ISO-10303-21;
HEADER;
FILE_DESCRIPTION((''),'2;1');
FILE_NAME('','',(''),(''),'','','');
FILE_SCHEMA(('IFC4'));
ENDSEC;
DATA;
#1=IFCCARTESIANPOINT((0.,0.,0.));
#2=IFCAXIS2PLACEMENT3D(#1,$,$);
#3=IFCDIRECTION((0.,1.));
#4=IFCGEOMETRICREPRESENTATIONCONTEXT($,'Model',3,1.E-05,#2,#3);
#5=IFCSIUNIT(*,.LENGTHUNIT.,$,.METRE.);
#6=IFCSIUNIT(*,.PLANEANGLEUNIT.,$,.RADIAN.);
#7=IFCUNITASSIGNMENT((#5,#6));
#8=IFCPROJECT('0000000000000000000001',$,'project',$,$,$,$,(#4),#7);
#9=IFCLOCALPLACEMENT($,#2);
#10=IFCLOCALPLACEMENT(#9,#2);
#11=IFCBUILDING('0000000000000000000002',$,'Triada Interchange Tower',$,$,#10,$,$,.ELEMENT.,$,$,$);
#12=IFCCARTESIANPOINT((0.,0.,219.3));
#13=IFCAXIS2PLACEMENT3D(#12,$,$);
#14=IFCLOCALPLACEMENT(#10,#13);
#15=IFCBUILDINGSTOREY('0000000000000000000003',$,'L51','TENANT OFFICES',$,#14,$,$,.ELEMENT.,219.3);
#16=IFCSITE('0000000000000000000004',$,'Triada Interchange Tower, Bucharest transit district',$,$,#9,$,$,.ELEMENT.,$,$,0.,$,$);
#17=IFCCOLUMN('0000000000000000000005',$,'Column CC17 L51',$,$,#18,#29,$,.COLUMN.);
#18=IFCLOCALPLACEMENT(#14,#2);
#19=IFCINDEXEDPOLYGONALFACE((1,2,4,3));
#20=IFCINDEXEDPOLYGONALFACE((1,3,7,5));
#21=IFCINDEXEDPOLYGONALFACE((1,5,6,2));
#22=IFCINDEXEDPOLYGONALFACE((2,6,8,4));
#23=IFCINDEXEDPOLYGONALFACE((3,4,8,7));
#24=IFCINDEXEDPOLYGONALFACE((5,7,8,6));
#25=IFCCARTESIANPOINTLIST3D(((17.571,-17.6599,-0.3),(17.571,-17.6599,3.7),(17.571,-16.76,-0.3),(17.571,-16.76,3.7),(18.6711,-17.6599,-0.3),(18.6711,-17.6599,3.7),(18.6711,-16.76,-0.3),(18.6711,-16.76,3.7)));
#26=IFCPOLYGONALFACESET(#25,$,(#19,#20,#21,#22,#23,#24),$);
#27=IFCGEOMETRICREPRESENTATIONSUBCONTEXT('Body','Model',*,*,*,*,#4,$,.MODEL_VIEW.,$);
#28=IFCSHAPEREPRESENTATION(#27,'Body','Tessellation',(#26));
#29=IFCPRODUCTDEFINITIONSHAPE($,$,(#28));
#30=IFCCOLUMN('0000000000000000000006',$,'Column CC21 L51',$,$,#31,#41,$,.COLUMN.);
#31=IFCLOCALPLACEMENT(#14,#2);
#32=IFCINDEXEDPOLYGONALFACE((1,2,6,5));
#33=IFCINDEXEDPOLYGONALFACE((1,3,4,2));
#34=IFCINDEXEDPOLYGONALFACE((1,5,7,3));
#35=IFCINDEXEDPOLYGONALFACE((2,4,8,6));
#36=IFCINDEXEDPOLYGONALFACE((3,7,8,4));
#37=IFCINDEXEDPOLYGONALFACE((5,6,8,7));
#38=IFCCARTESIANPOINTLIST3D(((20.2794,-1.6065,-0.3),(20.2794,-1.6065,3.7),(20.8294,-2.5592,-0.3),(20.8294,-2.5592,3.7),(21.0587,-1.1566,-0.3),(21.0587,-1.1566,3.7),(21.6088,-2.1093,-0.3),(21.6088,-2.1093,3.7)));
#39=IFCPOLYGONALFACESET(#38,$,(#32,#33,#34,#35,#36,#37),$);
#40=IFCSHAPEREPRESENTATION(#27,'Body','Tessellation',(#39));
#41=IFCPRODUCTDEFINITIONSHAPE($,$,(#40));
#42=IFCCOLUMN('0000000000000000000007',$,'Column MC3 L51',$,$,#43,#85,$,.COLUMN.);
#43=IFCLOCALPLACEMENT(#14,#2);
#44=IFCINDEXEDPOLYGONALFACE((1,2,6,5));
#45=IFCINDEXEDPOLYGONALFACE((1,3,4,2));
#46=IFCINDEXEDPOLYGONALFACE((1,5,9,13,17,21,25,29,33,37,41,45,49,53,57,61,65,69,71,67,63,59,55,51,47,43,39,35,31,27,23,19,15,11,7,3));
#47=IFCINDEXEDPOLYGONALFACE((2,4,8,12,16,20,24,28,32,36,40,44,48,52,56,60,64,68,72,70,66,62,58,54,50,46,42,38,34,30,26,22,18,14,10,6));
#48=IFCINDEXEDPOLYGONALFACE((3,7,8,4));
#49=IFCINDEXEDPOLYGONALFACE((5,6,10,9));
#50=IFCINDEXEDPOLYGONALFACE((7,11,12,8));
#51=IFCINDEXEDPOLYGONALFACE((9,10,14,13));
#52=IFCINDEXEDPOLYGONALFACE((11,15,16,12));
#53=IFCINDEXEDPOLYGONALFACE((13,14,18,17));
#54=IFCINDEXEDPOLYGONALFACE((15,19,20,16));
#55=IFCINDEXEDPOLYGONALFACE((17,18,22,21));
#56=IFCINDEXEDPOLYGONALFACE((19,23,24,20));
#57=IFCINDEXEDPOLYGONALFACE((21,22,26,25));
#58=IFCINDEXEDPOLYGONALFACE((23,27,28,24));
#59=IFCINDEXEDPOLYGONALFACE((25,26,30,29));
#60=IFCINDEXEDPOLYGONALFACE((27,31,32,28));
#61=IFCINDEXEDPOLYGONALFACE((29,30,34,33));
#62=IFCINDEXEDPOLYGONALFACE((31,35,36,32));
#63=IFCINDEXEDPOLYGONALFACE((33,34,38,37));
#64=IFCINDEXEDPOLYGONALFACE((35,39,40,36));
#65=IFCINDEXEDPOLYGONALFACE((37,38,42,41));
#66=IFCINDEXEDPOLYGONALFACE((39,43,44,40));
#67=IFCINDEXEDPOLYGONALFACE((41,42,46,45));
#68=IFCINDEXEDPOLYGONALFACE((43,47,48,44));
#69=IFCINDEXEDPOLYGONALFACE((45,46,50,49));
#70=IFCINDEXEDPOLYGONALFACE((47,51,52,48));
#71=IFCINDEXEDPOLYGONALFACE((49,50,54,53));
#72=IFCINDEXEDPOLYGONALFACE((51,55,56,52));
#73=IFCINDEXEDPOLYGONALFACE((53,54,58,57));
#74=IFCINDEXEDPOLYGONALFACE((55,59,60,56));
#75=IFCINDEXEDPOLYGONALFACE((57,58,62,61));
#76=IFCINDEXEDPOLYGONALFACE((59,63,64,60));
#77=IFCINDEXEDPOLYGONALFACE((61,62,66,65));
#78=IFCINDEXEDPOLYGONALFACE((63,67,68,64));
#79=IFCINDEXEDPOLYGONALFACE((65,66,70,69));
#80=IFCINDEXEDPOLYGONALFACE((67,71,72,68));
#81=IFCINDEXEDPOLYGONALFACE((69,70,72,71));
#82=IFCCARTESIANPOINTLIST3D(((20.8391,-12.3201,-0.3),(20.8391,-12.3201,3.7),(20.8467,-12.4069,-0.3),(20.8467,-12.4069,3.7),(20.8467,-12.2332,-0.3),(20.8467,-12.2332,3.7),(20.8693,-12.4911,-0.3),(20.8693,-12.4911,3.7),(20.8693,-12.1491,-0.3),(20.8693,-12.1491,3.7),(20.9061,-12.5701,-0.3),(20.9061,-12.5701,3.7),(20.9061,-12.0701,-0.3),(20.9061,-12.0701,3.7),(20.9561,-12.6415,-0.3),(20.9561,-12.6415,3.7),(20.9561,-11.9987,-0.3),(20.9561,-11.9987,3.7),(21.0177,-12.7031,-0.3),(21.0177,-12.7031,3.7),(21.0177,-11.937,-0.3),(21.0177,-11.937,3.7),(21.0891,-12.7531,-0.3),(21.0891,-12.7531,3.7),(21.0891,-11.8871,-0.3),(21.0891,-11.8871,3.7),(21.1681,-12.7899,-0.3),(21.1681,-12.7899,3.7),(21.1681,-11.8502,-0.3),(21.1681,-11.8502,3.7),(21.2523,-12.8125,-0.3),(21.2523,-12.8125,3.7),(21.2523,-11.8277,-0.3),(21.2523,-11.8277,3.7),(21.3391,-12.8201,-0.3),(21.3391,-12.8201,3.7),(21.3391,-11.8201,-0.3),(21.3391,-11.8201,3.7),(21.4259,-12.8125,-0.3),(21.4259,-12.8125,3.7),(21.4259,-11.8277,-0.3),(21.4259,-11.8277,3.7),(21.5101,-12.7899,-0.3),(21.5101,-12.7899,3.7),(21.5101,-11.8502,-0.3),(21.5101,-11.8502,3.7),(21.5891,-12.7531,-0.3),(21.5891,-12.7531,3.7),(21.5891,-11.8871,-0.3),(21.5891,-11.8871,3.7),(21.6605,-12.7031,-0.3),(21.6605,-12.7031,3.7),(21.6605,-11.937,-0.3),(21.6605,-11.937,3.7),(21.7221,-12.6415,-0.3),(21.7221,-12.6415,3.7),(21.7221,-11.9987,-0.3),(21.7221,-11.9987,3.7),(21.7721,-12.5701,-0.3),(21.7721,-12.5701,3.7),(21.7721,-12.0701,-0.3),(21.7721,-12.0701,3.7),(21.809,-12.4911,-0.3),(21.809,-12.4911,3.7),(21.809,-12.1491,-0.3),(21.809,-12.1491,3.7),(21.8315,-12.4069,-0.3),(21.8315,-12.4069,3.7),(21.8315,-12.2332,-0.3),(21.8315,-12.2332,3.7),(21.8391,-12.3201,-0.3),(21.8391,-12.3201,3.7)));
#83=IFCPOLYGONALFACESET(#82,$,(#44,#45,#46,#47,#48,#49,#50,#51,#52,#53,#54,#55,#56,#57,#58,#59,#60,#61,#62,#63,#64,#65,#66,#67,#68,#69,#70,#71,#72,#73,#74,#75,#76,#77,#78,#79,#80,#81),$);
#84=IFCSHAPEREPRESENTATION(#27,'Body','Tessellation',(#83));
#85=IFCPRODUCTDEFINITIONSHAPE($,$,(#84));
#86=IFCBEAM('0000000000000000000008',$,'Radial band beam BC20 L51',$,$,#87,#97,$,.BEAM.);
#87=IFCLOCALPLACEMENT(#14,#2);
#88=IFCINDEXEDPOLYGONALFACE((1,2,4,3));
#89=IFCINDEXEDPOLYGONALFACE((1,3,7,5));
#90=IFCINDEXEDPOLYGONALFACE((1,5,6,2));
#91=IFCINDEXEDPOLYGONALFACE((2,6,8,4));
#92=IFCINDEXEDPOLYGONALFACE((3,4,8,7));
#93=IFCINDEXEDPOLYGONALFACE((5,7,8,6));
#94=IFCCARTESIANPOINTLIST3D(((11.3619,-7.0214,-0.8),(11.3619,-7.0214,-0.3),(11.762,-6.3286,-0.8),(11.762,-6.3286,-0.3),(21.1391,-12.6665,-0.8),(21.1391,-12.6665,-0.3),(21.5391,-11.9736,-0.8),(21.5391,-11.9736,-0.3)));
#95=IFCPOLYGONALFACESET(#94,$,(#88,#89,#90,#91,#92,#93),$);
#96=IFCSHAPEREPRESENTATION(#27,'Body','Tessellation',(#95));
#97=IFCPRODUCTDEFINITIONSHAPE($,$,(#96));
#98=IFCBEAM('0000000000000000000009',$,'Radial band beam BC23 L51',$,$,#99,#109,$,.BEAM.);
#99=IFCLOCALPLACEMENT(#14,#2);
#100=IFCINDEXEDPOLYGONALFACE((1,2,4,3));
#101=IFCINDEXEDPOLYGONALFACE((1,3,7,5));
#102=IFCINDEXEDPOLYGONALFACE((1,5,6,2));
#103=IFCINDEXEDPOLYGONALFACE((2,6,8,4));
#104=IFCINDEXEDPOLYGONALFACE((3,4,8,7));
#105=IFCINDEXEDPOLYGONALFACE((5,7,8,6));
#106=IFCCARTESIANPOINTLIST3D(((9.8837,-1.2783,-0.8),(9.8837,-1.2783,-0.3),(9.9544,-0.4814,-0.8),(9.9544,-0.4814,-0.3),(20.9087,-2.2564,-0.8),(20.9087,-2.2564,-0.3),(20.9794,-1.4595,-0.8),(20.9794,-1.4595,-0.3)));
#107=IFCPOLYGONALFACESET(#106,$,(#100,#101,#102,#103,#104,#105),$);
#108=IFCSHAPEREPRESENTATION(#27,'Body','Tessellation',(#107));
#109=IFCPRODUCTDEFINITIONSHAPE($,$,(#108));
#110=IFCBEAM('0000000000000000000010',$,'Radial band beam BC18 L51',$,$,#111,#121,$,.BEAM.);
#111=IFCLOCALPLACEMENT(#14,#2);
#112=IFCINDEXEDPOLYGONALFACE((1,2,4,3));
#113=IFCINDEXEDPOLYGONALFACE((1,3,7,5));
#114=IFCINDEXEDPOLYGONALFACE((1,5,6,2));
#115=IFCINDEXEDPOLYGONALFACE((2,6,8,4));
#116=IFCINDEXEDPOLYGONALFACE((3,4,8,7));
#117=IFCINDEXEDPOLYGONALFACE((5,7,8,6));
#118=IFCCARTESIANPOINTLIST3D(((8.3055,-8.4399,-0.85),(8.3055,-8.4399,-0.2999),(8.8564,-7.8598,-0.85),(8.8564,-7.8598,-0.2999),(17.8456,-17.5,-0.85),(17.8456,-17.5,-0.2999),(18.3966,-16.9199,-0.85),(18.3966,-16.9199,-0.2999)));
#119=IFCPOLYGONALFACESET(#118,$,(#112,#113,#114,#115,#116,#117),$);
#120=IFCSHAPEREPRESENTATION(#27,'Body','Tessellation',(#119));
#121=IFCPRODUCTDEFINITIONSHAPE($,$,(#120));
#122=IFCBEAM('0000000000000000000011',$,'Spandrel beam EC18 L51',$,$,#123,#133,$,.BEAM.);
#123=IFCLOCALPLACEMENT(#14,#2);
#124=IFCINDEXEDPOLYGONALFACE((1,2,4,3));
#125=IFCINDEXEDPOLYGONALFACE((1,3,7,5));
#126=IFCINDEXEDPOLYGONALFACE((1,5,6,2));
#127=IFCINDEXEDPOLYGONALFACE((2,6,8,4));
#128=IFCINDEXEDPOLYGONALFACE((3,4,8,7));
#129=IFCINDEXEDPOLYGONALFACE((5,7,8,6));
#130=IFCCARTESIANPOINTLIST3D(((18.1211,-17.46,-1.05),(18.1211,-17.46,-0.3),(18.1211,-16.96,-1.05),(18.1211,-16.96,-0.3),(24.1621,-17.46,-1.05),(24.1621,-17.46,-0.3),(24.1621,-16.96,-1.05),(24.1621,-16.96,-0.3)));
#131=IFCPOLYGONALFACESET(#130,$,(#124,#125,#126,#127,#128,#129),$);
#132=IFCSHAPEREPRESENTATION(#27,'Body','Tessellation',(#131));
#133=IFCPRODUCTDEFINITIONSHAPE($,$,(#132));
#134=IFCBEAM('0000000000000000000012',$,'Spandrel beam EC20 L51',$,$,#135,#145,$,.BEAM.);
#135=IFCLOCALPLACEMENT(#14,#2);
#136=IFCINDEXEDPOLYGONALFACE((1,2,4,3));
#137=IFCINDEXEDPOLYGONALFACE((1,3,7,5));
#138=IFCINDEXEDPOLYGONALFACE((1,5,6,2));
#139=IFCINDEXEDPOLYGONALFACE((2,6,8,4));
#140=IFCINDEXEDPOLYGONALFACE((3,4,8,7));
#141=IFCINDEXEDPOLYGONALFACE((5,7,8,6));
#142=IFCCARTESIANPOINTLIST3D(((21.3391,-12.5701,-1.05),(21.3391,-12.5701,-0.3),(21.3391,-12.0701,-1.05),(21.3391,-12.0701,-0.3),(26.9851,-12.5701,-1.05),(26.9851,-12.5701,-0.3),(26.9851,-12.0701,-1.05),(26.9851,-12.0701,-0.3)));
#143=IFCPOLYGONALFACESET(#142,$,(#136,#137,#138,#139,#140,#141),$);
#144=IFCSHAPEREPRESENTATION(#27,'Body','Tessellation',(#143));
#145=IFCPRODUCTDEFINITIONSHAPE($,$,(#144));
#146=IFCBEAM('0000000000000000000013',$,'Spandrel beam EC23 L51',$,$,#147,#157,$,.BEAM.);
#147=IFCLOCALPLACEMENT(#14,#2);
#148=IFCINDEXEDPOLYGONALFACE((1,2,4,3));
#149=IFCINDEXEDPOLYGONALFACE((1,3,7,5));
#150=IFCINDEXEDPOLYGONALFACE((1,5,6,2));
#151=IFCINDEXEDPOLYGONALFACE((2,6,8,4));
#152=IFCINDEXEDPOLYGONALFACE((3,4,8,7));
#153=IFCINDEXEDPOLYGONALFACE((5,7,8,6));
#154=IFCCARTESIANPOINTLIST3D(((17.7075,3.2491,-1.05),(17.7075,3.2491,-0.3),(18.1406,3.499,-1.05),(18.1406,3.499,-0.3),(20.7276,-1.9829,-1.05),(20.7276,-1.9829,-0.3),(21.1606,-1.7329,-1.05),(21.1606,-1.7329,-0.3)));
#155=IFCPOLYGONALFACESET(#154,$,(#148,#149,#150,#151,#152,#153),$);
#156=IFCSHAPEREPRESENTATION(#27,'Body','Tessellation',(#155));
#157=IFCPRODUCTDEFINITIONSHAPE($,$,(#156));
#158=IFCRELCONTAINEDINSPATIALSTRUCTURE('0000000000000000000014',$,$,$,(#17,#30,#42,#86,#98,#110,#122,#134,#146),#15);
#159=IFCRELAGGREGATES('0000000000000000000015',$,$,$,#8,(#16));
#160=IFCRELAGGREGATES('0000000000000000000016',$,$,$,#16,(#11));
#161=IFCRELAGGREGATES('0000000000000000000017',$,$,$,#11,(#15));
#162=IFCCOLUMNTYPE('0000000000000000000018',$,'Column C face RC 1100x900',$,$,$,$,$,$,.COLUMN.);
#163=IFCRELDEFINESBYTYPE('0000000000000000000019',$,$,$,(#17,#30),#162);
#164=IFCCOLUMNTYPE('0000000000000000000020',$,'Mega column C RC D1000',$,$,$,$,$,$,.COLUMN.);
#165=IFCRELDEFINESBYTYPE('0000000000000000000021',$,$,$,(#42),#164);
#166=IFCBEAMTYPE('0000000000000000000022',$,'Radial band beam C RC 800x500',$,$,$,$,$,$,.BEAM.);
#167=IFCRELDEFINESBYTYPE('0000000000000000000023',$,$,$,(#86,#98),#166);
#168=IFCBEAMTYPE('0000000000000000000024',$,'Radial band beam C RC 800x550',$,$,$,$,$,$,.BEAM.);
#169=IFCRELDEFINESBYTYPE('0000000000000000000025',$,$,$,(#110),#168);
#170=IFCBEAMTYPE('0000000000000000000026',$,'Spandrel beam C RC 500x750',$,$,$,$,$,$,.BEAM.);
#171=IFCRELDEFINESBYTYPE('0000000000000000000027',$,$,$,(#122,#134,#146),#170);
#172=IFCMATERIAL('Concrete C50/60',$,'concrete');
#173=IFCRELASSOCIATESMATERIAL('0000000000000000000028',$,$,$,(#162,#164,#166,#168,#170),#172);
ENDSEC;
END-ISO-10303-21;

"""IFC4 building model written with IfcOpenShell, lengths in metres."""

from ifc_helpers import new_model, si_unit, direction, frame, origin, origin_2d, place, context, subcontext, project, spatial, rectangle, circle, extrude, material, material_profile, profile_set, type_object, element, save


model = new_model("IFC4")

# Units and contexts
model_context = context("Model", 3, precision=1e-05, world=origin(), true_north=direction((0.0, 1.0)))
body_context = subcontext(model_context, "Body", "Model", "MODEL_VIEW")
ifc_project = project(units=[si_unit("LENGTHUNIT", "METRE"), si_unit("PLANEANGLEUNIT", "RADIAN")], contexts=[model_context])

# Site, building, storey
site_placement = place(None, origin())
site = spatial("IfcSite", under=ifc_project, at=site_placement, Name="Triada Interchange Tower, Bucharest transit district", CompositionType="ELEMENT", RefElevation=0.0)
building_placement = place(site_placement, origin())
building = spatial("IfcBuilding", under=site, at=building_placement, Name="Triada Interchange Tower", CompositionType="ELEMENT")
storey_placement = place(building_placement, frame((0.0, 0.0, 219.3)))
storey = spatial("IfcBuildingStorey", under=building, at=storey_placement, Name="L51", Description="TENANT OFFICES", CompositionType="ELEMENT", Elevation=219.3)

# Columns
ifc_material_1 = material(Name="Concrete C50/60", Category="concrete")
ifc_material_profile_1 = material_profile(ifc_material_1, rectangle(XDim=1.1001, YDim=0.8999, at=origin_2d()), Name="RC 1100x900")
ifc_profile_set_1 = profile_set([ifc_material_profile_1], Name="Concrete C50/60")
column_type_1 = type_object("IfcColumnType", Name="Column C face RC 1100x900", PredefinedType="COLUMN", material=ifc_profile_set_1)
for number, where, z_axis, x_axis, name in (
    (1, (18.1211, -17.21, -0.3), (0.0, 0.0, 1.0), (1.0, 0.0, 0.0), "Column CC17 L51"),
    (2, (20.9441, -1.8579, -0.3), (0.0, 0.0, 1.0), (-0.5, 0.866025, 0.0), "Column CC21 L51"),
):
    element("IfcColumn", number, at=place(storey_placement, frame(where, z_axis=z_axis, x_axis=x_axis)), inside=storey, type_object=column_type_1, Name=name, PredefinedType="COLUMN", context=body_context, shape_type="SweptSolid", body=[
        extrude(rectangle(XDim=1.1001, YDim=0.8999, at=origin_2d()), origin(), (0.0, 0.0, 1.0), 4.0),
    ])
ifc_material_profile_2 = material_profile(ifc_material_1, circle(Radius=0.5, at=origin_2d()), Name="RC D1000")
ifc_profile_set_2 = profile_set([ifc_material_profile_2], Name="Concrete C50/60")
column_type_2 = type_object("IfcColumnType", Name="Mega column C RC D1000", PredefinedType="COLUMN", material=ifc_profile_set_2)
column_placement = place(storey_placement, frame((21.3391, -12.3201, -0.3), z_axis=(0.0, 0.0, 1.0), x_axis=(1.0, 0.0, 0.0)))
element("IfcColumn", 3, at=column_placement, inside=storey, type_object=column_type_2, Name="Column MC3 L51", PredefinedType="COLUMN", context=body_context, shape_type="SweptSolid", body=[
    extrude(circle(Radius=0.5, at=origin_2d()), origin(), (0.0, 0.0, 1.0), 4.0),
])

# Beams
ifc_material_profile_3 = material_profile(ifc_material_1, rectangle(XDim=0.8, YDim=0.5, at=origin_2d()), Name="RC 800x500")
ifc_profile_set_3 = profile_set([ifc_material_profile_3], Name="Concrete C50/60")
beam_type_1 = type_object("IfcBeamType", Name="Radial band beam C RC 800x500", PredefinedType="BEAM", material=ifc_profile_set_3)
beam_1_placement = place(storey_placement, frame((21.3391, -12.3201, -0.55), z_axis=(-0.866017, 0.500014, 0.0), x_axis=(-0.500014, -0.866017, 0.0)))
element("IfcBeam", 4, at=beam_1_placement, inside=storey, type_object=beam_type_1, Name="Radial band beam BC20 L51", PredefinedType="BEAM", context=body_context, shape_type="SweptSolid", body=[
    extrude(rectangle(XDim=0.8, YDim=0.5, at=origin_2d()), origin(), (0.0, 0.0, 1.0), 11.2898),
])
beam_2_placement = place(storey_placement, frame((20.9441, -1.8579, -0.55), z_axis=(-0.996088, 0.088362, 0.0), x_axis=(-0.088362, -0.996088, 0.0)))
element("IfcBeam", 5, at=beam_2_placement, inside=storey, type_object=beam_type_1, Name="Radial band beam BC23 L51", PredefinedType="BEAM", context=body_context, shape_type="SweptSolid", body=[
    extrude(rectangle(XDim=0.8, YDim=0.5, at=origin_2d()), origin(), (0.0, 0.0, 1.0), 11.0684),
])
ifc_material_profile_4 = material_profile(ifc_material_1, rectangle(XDim=0.8, YDim=0.55, at=origin_2d()), Name="RC 800x550")
ifc_profile_set_4 = profile_set([ifc_material_profile_4], Name="Concrete C50/60")
beam_type_2 = type_object("IfcBeamType", Name="Radial band beam C RC 800x550", PredefinedType="BEAM", material=ifc_profile_set_4)
beam_3_placement = place(storey_placement, frame((18.1211, -17.21, -0.575), z_axis=(-0.725112, 0.68863, 0.0), x_axis=(-0.68863, -0.725112, 0.0)))
element("IfcBeam", 6, at=beam_3_placement, inside=storey, type_object=beam_type_2, Name="Radial band beam BC18 L51", PredefinedType="BEAM", context=body_context, shape_type="SweptSolid", body=[
    extrude(rectangle(XDim=0.8, YDim=0.55, at=origin_2d()), origin(), (0.0, 0.0, 1.0), 13.1567),
])
ifc_material_profile_5 = material_profile(ifc_material_1, rectangle(XDim=0.5, YDim=0.75, at=origin_2d()), Name="RC 500x750")
ifc_profile_set_5 = profile_set([ifc_material_profile_5], Name="Concrete C50/60")
beam_type_3 = type_object("IfcBeamType", Name="Spandrel beam C RC 500x750", PredefinedType="BEAM", material=ifc_profile_set_5)
beam_4_placement = place(storey_placement, frame((18.1211, -17.21, -0.675), z_axis=(1.0, 0.0, 0.0), x_axis=(0.0, 1.0, 0.0)))
element("IfcBeam", 7, at=beam_4_placement, inside=storey, type_object=beam_type_3, Name="Spandrel beam EC18 L51", PredefinedType="BEAM", context=body_context, shape_type="SweptSolid", body=[
    extrude(rectangle(XDim=0.5, YDim=0.75, at=origin_2d()), origin(), (0.0, 0.0, 1.0), 6.041),
])
beam_5_placement = place(storey_placement, frame((21.3391, -12.3201, -0.675), z_axis=(1.0, 0.0, 0.0), x_axis=(0.0, 1.0, 0.0)))
element("IfcBeam", 8, at=beam_5_placement, inside=storey, type_object=beam_type_3, Name="Spandrel beam EC20 L51", PredefinedType="BEAM", context=body_context, shape_type="SweptSolid", body=[
    extrude(rectangle(XDim=0.5, YDim=0.75, at=origin_2d()), origin(), (0.0, 0.0, 1.0), 5.646),
])
beam_6_placement = place(storey_placement, frame((20.9441, -1.8579, -0.675), z_axis=(-0.499921, 0.866071, 0.0), x_axis=(-0.866071, -0.499921, 0.0)))
element("IfcBeam", 9, at=beam_6_placement, inside=storey, type_object=beam_type_3, Name="Spandrel beam EC23 L51", PredefinedType="BEAM", context=body_context, shape_type="SweptSolid", body=[
    extrude(rectangle(XDim=0.5, YDim=0.75, at=origin_2d()), origin(), (0.0, 0.0, 1.0), 6.041),
])

save(model, "model.ifc")
